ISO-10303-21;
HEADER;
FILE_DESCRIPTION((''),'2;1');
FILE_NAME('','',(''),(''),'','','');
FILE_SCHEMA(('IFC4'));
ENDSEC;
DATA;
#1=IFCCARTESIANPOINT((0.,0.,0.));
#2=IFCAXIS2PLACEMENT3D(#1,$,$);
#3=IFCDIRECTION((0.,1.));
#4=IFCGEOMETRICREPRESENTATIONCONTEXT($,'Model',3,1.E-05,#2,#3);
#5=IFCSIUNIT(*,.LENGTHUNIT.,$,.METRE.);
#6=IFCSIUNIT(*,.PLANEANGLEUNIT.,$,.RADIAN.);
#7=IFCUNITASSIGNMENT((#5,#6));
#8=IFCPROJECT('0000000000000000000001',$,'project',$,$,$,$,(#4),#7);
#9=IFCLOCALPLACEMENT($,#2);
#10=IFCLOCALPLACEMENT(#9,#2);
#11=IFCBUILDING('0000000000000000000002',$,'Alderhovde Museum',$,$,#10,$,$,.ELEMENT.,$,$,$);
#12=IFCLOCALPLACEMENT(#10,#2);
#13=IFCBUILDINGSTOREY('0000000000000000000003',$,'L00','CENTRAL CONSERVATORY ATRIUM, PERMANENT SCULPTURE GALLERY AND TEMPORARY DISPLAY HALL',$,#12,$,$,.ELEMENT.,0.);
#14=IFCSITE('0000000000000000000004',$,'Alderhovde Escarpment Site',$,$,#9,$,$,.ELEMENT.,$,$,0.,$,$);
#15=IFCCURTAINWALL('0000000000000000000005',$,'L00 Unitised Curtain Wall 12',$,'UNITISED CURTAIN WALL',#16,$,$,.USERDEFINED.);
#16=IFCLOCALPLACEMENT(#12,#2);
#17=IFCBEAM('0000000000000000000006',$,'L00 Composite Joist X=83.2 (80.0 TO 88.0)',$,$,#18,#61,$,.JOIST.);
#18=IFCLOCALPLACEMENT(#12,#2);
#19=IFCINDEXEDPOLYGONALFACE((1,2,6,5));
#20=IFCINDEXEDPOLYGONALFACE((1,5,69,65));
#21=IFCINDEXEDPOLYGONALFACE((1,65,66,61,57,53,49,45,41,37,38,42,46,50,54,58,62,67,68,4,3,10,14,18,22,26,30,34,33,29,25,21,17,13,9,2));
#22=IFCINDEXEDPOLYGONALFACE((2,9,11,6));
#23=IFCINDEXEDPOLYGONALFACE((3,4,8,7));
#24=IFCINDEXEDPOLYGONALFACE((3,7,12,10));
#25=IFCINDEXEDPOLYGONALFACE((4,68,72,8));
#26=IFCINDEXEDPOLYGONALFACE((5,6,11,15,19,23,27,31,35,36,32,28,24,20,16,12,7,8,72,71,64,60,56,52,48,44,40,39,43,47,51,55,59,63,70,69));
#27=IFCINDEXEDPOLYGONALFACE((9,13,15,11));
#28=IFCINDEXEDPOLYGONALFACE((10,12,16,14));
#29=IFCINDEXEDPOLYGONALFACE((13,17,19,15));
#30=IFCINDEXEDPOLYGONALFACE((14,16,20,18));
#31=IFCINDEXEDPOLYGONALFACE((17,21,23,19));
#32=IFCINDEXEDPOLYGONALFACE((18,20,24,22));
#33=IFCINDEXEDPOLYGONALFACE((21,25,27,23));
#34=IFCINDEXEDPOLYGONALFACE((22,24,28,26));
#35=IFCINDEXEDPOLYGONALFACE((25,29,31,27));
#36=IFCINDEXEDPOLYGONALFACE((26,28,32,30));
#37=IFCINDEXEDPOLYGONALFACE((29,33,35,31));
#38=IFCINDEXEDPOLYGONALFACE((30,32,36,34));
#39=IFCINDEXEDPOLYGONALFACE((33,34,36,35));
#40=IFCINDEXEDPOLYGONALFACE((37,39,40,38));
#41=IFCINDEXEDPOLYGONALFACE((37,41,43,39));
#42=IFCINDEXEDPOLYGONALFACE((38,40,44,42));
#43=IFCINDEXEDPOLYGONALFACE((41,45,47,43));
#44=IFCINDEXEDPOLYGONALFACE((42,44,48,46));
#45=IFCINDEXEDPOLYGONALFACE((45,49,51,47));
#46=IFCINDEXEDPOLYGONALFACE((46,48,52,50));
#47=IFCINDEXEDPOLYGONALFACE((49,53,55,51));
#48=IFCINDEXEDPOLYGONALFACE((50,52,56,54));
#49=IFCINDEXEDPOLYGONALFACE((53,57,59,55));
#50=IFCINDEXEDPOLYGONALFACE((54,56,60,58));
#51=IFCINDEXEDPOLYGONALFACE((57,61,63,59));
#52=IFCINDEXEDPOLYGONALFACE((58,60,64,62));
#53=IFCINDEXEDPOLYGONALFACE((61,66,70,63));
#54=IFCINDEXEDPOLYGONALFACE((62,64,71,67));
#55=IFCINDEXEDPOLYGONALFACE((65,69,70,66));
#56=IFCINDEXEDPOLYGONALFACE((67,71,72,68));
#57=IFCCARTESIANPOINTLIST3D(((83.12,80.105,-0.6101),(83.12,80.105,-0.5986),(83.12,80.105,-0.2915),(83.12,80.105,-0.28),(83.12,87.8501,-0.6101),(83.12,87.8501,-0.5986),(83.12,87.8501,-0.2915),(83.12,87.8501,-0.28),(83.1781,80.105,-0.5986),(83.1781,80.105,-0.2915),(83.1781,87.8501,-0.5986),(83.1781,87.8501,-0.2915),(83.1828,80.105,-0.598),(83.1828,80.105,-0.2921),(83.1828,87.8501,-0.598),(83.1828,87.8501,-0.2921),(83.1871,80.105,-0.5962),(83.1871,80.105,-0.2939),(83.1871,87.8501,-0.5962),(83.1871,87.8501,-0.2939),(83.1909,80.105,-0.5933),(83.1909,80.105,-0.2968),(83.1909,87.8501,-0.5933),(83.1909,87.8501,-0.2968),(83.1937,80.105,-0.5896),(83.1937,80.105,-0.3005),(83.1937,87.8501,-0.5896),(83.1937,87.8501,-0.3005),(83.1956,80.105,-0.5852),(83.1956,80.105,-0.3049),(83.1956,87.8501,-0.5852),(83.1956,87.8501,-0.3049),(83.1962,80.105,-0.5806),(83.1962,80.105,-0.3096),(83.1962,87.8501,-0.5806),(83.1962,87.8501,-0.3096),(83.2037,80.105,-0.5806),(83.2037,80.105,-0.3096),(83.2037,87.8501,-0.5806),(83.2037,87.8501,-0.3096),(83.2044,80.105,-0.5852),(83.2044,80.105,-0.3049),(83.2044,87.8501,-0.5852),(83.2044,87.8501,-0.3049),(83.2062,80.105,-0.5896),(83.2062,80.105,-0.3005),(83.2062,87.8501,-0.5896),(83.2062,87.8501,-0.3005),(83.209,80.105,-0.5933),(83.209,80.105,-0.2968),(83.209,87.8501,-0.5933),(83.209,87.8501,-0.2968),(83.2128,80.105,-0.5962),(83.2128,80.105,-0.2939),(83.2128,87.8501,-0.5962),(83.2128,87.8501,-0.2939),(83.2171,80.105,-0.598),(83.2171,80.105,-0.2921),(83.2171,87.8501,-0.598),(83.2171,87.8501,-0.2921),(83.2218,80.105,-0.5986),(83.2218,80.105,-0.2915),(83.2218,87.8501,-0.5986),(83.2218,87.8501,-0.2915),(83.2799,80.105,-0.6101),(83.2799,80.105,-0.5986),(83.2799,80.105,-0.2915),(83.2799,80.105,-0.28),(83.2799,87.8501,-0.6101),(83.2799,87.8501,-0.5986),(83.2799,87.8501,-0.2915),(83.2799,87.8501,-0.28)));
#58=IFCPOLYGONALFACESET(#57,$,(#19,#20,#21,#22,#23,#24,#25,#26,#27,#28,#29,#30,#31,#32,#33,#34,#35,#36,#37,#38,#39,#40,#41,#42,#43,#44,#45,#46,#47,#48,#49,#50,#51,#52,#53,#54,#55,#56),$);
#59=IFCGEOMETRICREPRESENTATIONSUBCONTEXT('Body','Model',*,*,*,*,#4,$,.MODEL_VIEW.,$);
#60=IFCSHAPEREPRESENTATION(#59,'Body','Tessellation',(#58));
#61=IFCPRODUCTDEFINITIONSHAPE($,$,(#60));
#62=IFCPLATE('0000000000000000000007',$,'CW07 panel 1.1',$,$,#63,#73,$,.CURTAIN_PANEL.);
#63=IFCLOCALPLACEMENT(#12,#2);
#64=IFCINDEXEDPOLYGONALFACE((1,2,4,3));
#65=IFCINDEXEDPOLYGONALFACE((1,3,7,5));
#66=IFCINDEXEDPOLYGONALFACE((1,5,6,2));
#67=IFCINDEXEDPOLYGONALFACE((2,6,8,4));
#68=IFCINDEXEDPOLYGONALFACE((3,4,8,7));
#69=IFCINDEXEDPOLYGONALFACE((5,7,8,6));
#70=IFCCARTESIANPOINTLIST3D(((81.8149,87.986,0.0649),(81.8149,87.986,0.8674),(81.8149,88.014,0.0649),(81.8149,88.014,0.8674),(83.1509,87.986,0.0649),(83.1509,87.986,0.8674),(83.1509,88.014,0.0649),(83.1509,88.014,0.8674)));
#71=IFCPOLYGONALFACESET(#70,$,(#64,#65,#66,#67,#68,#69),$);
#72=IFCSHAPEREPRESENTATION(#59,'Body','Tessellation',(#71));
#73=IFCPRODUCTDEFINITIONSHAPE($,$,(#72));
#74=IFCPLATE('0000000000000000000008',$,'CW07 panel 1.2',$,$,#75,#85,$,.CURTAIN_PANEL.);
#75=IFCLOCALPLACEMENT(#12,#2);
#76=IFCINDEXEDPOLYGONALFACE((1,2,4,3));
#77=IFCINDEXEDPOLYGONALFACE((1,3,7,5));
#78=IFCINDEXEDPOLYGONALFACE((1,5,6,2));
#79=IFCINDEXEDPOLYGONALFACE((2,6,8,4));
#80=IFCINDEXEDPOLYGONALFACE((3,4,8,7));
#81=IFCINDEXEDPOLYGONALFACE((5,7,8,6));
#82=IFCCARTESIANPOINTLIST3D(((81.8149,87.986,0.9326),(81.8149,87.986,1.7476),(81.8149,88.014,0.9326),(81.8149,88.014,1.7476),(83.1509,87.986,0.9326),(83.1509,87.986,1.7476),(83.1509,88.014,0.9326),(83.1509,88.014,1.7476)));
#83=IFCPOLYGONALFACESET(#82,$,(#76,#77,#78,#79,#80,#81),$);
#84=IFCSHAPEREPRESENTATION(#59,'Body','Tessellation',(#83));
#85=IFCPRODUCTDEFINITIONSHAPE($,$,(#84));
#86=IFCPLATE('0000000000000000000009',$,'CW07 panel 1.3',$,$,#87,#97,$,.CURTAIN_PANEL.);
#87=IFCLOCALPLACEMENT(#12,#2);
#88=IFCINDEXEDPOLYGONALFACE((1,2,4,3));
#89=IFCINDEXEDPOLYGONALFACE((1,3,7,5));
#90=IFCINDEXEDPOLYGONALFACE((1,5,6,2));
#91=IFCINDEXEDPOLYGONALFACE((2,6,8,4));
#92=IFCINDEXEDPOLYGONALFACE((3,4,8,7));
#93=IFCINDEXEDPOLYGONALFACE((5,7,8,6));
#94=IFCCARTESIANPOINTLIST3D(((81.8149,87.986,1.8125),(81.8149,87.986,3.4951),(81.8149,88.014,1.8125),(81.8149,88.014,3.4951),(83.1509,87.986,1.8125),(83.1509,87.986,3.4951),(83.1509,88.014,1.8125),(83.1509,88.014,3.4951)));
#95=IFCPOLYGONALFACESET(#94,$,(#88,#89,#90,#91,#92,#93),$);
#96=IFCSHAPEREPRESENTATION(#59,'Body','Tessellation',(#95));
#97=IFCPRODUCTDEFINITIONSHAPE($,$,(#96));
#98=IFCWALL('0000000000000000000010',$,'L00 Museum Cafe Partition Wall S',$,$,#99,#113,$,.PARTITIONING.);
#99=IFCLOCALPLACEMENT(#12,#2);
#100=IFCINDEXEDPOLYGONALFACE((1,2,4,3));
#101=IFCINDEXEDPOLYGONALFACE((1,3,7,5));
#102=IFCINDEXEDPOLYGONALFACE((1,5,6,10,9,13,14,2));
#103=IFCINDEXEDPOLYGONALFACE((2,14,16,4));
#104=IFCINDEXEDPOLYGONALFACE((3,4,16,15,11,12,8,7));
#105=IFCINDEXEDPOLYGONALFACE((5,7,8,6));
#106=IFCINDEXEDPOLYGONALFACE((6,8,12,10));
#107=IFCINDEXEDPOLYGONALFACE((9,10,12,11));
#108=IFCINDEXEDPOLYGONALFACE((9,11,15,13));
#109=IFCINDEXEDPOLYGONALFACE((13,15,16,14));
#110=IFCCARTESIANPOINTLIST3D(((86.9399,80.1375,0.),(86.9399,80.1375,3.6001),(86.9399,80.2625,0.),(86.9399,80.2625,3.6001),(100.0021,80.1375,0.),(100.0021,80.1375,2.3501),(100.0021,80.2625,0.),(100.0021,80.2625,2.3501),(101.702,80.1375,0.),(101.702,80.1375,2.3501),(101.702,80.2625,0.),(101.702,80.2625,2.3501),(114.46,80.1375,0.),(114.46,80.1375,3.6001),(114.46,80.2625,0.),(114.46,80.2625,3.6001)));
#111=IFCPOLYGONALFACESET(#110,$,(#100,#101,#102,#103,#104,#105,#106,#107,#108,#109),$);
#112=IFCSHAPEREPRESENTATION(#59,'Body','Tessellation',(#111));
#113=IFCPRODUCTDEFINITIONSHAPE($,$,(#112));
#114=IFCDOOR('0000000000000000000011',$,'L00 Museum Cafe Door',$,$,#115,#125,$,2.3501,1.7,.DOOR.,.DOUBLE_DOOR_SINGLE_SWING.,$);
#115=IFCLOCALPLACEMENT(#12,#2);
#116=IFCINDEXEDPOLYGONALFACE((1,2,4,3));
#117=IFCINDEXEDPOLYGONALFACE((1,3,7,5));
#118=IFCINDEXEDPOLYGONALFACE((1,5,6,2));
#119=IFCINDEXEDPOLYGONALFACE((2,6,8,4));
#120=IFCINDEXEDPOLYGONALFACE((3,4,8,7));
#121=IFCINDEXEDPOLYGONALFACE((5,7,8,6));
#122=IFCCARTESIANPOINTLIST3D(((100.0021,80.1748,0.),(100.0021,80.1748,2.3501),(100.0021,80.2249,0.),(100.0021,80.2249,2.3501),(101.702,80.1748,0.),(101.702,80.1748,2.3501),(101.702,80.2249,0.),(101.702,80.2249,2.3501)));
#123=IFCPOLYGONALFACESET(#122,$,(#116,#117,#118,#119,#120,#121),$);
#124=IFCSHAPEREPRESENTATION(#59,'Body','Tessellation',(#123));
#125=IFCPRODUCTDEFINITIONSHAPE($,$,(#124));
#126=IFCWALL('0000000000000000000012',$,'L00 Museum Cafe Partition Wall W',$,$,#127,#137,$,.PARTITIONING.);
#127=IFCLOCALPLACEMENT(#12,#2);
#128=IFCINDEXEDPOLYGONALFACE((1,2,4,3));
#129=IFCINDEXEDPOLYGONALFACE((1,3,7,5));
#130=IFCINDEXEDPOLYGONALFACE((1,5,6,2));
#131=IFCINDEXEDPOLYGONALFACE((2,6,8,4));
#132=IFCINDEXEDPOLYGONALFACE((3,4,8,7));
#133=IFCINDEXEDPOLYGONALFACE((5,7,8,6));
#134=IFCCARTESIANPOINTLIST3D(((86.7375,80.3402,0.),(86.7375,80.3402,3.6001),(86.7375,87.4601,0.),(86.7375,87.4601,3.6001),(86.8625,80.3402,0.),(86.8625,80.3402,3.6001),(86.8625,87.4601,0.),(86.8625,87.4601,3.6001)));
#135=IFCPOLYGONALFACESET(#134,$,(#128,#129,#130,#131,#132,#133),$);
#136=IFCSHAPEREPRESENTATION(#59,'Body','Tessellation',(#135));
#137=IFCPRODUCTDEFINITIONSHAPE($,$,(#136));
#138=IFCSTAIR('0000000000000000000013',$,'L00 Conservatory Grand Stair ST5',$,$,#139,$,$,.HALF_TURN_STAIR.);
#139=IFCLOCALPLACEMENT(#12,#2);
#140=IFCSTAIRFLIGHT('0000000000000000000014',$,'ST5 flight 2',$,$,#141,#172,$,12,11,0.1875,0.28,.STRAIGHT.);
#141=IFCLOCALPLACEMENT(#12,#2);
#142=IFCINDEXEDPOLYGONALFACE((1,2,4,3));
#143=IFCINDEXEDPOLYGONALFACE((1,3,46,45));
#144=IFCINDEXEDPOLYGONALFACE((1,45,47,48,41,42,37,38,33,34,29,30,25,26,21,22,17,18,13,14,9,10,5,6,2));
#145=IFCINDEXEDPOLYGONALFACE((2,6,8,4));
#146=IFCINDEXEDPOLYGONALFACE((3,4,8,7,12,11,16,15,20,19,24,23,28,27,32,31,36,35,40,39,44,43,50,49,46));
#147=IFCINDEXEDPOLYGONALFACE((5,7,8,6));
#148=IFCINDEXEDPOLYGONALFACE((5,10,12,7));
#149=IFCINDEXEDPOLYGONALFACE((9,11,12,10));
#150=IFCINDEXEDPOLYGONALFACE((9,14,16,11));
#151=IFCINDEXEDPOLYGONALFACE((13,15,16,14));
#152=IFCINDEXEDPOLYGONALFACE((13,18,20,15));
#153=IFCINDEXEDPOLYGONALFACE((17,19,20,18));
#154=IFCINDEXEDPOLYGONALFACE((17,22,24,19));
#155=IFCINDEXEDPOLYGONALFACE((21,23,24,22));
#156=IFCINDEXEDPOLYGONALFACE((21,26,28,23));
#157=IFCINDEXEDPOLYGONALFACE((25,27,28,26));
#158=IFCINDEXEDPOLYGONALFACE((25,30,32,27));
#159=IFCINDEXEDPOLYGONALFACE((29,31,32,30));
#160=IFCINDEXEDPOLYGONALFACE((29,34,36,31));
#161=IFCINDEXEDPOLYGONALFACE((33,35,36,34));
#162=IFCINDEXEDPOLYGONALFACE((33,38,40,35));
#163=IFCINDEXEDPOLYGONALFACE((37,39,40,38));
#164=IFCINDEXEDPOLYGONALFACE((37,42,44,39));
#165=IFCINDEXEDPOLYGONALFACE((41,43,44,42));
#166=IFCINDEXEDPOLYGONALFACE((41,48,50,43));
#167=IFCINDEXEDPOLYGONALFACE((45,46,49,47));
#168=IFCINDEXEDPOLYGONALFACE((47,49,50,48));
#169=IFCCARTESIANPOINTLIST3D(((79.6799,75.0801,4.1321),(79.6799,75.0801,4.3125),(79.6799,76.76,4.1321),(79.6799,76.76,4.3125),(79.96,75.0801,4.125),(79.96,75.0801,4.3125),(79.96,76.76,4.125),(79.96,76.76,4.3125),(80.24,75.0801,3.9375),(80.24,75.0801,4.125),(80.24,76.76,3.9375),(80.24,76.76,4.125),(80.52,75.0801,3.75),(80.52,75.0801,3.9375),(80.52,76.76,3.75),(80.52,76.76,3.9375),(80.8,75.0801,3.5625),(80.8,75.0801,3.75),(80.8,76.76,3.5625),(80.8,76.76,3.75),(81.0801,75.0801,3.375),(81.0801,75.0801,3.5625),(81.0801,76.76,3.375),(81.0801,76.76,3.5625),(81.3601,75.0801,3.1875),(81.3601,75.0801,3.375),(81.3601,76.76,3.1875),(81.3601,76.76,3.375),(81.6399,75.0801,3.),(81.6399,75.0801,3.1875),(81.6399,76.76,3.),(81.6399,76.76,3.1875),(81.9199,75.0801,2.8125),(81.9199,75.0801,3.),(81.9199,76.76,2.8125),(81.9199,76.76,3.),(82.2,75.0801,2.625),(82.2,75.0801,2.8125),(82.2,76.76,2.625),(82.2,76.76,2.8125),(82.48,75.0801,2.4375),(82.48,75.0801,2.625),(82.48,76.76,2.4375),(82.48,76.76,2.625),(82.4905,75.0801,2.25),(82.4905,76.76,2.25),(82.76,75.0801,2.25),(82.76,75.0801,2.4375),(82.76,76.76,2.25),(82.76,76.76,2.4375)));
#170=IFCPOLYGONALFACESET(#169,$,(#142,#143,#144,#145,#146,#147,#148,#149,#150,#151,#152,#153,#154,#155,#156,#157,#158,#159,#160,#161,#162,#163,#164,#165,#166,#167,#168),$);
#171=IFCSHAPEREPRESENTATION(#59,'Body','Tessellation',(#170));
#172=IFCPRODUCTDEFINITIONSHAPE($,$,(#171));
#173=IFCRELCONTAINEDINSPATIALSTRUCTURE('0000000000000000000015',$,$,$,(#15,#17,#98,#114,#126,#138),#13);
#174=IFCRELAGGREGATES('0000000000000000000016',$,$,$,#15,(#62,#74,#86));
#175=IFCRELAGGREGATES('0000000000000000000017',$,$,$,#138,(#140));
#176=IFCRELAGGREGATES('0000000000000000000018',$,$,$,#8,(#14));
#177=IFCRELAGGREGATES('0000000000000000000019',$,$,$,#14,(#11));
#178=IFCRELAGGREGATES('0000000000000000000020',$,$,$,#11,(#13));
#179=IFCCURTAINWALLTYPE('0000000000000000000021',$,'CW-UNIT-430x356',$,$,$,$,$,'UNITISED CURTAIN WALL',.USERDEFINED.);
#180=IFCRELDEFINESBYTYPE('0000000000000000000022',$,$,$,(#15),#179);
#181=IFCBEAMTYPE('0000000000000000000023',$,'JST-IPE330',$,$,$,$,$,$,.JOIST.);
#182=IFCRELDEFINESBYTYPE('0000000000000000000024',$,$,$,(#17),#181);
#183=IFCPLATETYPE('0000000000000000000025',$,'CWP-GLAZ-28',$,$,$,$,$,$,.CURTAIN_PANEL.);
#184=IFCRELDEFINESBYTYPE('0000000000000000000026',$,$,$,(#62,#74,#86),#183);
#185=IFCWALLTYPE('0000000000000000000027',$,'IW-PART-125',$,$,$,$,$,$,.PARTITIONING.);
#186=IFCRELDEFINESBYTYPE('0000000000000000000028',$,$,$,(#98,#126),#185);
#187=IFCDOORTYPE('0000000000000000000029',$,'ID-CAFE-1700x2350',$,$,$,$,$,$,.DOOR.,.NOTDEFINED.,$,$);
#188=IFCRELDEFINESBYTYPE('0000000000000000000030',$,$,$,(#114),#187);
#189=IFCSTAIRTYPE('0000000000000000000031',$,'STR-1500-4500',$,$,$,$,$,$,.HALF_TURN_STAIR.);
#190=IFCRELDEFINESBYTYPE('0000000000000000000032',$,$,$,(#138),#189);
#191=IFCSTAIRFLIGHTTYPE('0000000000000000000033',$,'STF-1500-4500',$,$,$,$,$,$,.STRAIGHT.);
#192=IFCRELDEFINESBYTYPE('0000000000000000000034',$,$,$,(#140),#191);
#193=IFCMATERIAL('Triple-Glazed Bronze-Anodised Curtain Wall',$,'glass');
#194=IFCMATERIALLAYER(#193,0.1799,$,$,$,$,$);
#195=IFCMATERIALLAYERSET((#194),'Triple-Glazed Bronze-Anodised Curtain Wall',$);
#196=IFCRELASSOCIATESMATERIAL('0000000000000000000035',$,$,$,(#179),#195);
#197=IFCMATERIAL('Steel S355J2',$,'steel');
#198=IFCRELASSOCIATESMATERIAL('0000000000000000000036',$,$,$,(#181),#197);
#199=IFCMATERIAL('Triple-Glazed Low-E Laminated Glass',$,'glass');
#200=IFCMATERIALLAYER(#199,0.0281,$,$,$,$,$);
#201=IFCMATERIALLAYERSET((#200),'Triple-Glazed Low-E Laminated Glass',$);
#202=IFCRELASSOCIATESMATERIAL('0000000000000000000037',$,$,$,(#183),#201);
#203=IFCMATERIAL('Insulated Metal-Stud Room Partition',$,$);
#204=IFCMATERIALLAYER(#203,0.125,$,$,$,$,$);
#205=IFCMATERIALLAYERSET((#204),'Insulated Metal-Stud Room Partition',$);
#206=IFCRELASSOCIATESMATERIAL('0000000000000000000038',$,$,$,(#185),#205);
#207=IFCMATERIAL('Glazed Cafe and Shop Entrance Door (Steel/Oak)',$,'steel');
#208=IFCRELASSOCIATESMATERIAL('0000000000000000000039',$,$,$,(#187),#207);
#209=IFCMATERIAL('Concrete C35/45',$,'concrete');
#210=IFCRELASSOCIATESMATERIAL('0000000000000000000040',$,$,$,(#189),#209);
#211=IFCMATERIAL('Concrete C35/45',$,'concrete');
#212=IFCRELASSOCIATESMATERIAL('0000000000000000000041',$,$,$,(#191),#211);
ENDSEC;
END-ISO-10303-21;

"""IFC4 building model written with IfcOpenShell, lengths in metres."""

from ifc_helpers import new_model, si_unit, direction, frame, frame_2d, origin, origin_2d, place, context, subcontext, project, spatial, polyline, rectangle, i_section, outline, extrude, material, layer, layer_set, material_profile, profile_set, type_object, element, fill, aggregate, save


model = new_model("IFC4")

# Units and contexts
model_context = context("Model", 3, precision=1e-05, world=origin(), true_north=direction((0.0, 1.0)))
body_context = subcontext(model_context, "Body", "Model", "MODEL_VIEW")
ifc_project = project(units=[si_unit("LENGTHUNIT", "METRE"), si_unit("PLANEANGLEUNIT", "RADIAN")], contexts=[model_context])

# Site, building, storey
site_placement = place(None, origin())
site = spatial("IfcSite", under=ifc_project, at=site_placement, Name="Alderhovde Escarpment Site", CompositionType="ELEMENT", RefElevation=0.0)
building_placement = place(site_placement, origin())
building = spatial("IfcBuilding", under=site, at=building_placement, Name="Alderhovde Museum", CompositionType="ELEMENT")
storey_placement = place(building_placement, origin())
storey = spatial("IfcBuildingStorey", under=building, at=storey_placement, Name="L00", Description="CENTRAL CONSERVATORY ATRIUM, PERMANENT SCULPTURE GALLERY AND TEMPORARY DISPLAY HALL", CompositionType="ELEMENT", Elevation=0.0)

# Curtain wall
ifc_material_1 = material(Name="Triple-Glazed Bronze-Anodised Curtain Wall", Category="glass")
ifc_layer_1 = layer(ifc_material_1, 0.1799)
ifc_layer_set_1 = layer_set([ifc_layer_1], Name="Triple-Glazed Bronze-Anodised Curtain Wall")
curtain_wall_type = type_object("IfcCurtainWallType", Name="CW-UNIT-430x356", ElementType="UNITISED CURTAIN WALL", PredefinedType="USERDEFINED", material=ifc_layer_set_1)
curtain_wall_placement = place(storey_placement, origin())
curtain_wall = element("IfcCurtainWall", 1, at=curtain_wall_placement, inside=storey, type_object=curtain_wall_type, Name="L00 Unitised Curtain Wall 12", ObjectType="UNITISED CURTAIN WALL", PredefinedType="USERDEFINED")

# Beam
ifc_material_2 = material(Name="Steel S355J2", Category="steel")
ifc_material_profile_1 = material_profile(ifc_material_2, i_section(OverallWidth=0.1599, OverallDepth=0.3301, WebThickness=0.0076, FlangeThickness=0.0115, FilletRadius=0.0181, at=origin_2d()), Name="IPE 330")
ifc_profile_set_1 = profile_set([ifc_material_profile_1], Name="Steel S355J2")
beam_type_1 = type_object("IfcBeamType", Name="JST-IPE330", PredefinedType="JOIST", material=ifc_profile_set_1)
beam_1_placement = place(storey_placement, frame((83.2, 80.105, -0.4451), z_axis=(0.0, 1.0, 0.0), x_axis=(-1.0, 0.0, 0.0)))
element("IfcBeam", 2, at=beam_1_placement, inside=storey, type_object=beam_type_1, Name="L00 Composite Joist X=83.2 (80.0 TO 88.0)", PredefinedType="JOIST", context=body_context, shape_type="SweptSolid", body=[
    extrude(i_section(OverallWidth=0.1599, OverallDepth=0.3301, WebThickness=0.0076, FlangeThickness=0.0115, FilletRadius=0.0181, at=origin_2d()), origin(), (0.0, 0.0, 1.0), 7.7451),
])

# Plates
ifc_material_3 = material(Name="Triple-Glazed Low-E Laminated Glass", Category="glass")
ifc_layer_2 = layer(ifc_material_3, 0.0281)
ifc_layer_set_2 = layer_set([ifc_layer_2], Name="Triple-Glazed Low-E Laminated Glass")
plate_type = type_object("IfcPlateType", Name="CWP-GLAZ-28", PredefinedType="CURTAIN_PANEL", material=ifc_layer_set_2)
plate_1_placement = place(storey_placement, frame((82.4829, 88.0, 0.0649), z_axis=(0.0, 0.0, 1.0), x_axis=(1.0, 0.0, 0.0)))
plate_1 = element("IfcPlate", 3, at=plate_1_placement, type_object=plate_type, Name="CW07 panel 1.1", PredefinedType="CURTAIN_PANEL", context=body_context, shape_type="SweptSolid", body=[
    extrude(rectangle(XDim=1.3359, YDim=0.0281, at=origin_2d()), origin(), (0.0, 0.0, 1.0), 0.8025),
])
plate_2_placement = place(storey_placement, frame((82.4829, 88.0, 0.9326), z_axis=(0.0, 0.0, 1.0), x_axis=(1.0, 0.0, 0.0)))
plate_2 = element("IfcPlate", 4, at=plate_2_placement, type_object=plate_type, Name="CW07 panel 1.2", PredefinedType="CURTAIN_PANEL", context=body_context, shape_type="SweptSolid", body=[
    extrude(rectangle(XDim=1.3359, YDim=0.0281, at=origin_2d()), origin(), (0.0, 0.0, 1.0), 0.8149),
])
plate_3_placement = place(storey_placement, frame((82.4829, 88.0, 1.8125), z_axis=(0.0, 0.0, 1.0), x_axis=(1.0, 0.0, 0.0)))
plate_3 = element("IfcPlate", 5, at=plate_3_placement, type_object=plate_type, Name="CW07 panel 1.3", PredefinedType="CURTAIN_PANEL", context=body_context, shape_type="SweptSolid", body=[
    extrude(rectangle(XDim=1.3359, YDim=0.0281, at=origin_2d()), origin(), (0.0, 0.0, 1.0), 1.6826),
])
aggregate(curtain_wall, [plate_1, plate_2, plate_3])

# Wall, opening, door
ifc_material_4 = material(Name="Insulated Metal-Stud Room Partition")
ifc_layer_3 = layer(ifc_material_4, 0.125)
ifc_layer_set_3 = layer_set([ifc_layer_3], Name="Insulated Metal-Stud Room Partition")
wall_type = type_object("IfcWallType", Name="IW-PART-125", PredefinedType="PARTITIONING", material=ifc_layer_set_3)
wall_1_placement = place(storey_placement, frame((86.9399, 80.2, 0.0), z_axis=(0.0, 0.0, 1.0), x_axis=(1.0, 0.0, 0.0)))
wall_1 = element("IfcWall", 6, at=wall_1_placement, inside=storey, type_object=wall_type, Name="L00 Museum Cafe Partition Wall S", PredefinedType="PARTITIONING", context=body_context, shape_type="SweptSolid", body=[
    extrude(rectangle(XDim=27.52, YDim=0.125, at=frame_2d((13.76, 0.0))), origin(), (0.0, 0.0, 1.0), 3.6001),
])
opening_placement = place(wall_1_placement, frame((13.062, 0.0, 0.0)))
opening = element("IfcOpeningElement", 7, at=opening_placement, cuts=wall_1, PredefinedType="OPENING", context=body_context, shape_type="SweptSolid", body=[
    extrude(rectangle(XDim=1.7, YDim=2.3501, at=frame_2d((0.8501, 1.175))), frame((0.0, 0.0725, 0.0), z_axis=(0.0, -1.0, 0.0), x_axis=(1.0, 0.0, 0.0)), (0.0, 0.0, 1.0), 0.145),
])
ifc_material_5 = material(Name="Glazed Cafe and Shop Entrance Door (Steel/Oak)", Category="steel")
door_type = type_object("IfcDoorType", Name="ID-CAFE-1700x2350", OperationType="NOTDEFINED", PredefinedType="DOOR", material=ifc_material_5)
door_placement = place(opening_placement, origin())
door = element("IfcDoor", 8, at=door_placement, inside=storey, type_object=door_type, Name="L00 Museum Cafe Door", OperationType="DOUBLE_DOOR_SINGLE_SWING", OverallHeight=2.3501, OverallWidth=1.7, PredefinedType="DOOR", context=body_context, shape_type="SweptSolid", body=[
    extrude(rectangle(XDim=1.7, YDim=2.3501, at=frame_2d((0.8501, 1.175))), frame((0.0, 0.0249, 0.0), z_axis=(0.0, -1.0, 0.0), x_axis=(1.0, 0.0, 0.0)), (0.0, 0.0, 1.0), 0.05),
])
fill(opening, door)

# Wall
wall_2_placement = place(storey_placement, frame((86.8, 80.3401, 0.0), z_axis=(0.0, 0.0, 1.0), x_axis=(0.0, 1.0, 0.0)))
element("IfcWall", 9, at=wall_2_placement, inside=storey, type_object=wall_type, Name="L00 Museum Cafe Partition Wall W", PredefinedType="PARTITIONING", context=body_context, shape_type="SweptSolid", body=[
    extrude(rectangle(XDim=7.1199, YDim=0.125, at=frame_2d((3.5601, 0.0))), origin(), (0.0, 0.0, 1.0), 3.6001),
])

# Stair, stair flight
ifc_material_6 = material(Name="Concrete C35/45", Category="concrete")
stair_type = type_object("IfcStairType", Name="STR-1500-4500", PredefinedType="HALF_TURN_STAIR", material=ifc_material_6)
stair_placement = place(storey_placement, origin())
stair = element("IfcStair", 10, at=stair_placement, inside=storey, type_object=stair_type, Name="L00 Conservatory Grand Stair ST5", PredefinedType="HALF_TURN_STAIR")
ifc_material_7 = material(Name="Concrete C35/45", Category="concrete")
stair_flight_type = type_object("IfcStairFlightType", Name="STF-1500-4500", PredefinedType="STRAIGHT", material=ifc_material_7)
stair_flight_placement = place(storey_placement, frame((82.76, 75.9199, 2.25), z_axis=(0.0, 0.0, 1.0), x_axis=(-1.0, 0.0, 0.0)))
stair_flight = element("IfcStairFlight", 11, at=stair_flight_placement, type_object=stair_flight_type, Name="ST5 flight 2", NumberOfRisers=12, NumberOfTreads=11, PredefinedType="STRAIGHT", RiserHeight=0.1875, TreadLength=0.28, context=body_context, shape_type="SweptSolid", body=[
    extrude(outline(polyline([(0.0, 0.0), (0.0, 0.1875), (0.28, 0.1875), (0.28, 0.375), (0.5601, 0.375), (0.5601, 0.5625), (0.8401, 0.5625), (0.8401, 0.75), (1.1201, 0.75), (1.1201, 0.9375), (1.3999, 0.9375), (1.3999, 1.125), (1.6799, 1.125), (1.6799, 1.3125), (1.96, 1.3125), (1.96, 1.5), (2.24, 1.5), (2.24, 1.6875), (2.52, 1.6875), (2.52, 1.875), (2.8, 1.875), (2.8, 2.0625), (3.0801, 2.0625), (3.0801, 2.25), (3.0801, 1.8821), (0.2695, 0.0), (0.0, 0.0)])), frame((0.0, 0.8398, 0.0), z_axis=(0.0, -1.0, 0.0), x_axis=(1.0, 0.0, 0.0)), (0.0, 0.0, 1.0), 1.6799),
])
aggregate(stair, [stair_flight])

save(model, "model.ifc")
